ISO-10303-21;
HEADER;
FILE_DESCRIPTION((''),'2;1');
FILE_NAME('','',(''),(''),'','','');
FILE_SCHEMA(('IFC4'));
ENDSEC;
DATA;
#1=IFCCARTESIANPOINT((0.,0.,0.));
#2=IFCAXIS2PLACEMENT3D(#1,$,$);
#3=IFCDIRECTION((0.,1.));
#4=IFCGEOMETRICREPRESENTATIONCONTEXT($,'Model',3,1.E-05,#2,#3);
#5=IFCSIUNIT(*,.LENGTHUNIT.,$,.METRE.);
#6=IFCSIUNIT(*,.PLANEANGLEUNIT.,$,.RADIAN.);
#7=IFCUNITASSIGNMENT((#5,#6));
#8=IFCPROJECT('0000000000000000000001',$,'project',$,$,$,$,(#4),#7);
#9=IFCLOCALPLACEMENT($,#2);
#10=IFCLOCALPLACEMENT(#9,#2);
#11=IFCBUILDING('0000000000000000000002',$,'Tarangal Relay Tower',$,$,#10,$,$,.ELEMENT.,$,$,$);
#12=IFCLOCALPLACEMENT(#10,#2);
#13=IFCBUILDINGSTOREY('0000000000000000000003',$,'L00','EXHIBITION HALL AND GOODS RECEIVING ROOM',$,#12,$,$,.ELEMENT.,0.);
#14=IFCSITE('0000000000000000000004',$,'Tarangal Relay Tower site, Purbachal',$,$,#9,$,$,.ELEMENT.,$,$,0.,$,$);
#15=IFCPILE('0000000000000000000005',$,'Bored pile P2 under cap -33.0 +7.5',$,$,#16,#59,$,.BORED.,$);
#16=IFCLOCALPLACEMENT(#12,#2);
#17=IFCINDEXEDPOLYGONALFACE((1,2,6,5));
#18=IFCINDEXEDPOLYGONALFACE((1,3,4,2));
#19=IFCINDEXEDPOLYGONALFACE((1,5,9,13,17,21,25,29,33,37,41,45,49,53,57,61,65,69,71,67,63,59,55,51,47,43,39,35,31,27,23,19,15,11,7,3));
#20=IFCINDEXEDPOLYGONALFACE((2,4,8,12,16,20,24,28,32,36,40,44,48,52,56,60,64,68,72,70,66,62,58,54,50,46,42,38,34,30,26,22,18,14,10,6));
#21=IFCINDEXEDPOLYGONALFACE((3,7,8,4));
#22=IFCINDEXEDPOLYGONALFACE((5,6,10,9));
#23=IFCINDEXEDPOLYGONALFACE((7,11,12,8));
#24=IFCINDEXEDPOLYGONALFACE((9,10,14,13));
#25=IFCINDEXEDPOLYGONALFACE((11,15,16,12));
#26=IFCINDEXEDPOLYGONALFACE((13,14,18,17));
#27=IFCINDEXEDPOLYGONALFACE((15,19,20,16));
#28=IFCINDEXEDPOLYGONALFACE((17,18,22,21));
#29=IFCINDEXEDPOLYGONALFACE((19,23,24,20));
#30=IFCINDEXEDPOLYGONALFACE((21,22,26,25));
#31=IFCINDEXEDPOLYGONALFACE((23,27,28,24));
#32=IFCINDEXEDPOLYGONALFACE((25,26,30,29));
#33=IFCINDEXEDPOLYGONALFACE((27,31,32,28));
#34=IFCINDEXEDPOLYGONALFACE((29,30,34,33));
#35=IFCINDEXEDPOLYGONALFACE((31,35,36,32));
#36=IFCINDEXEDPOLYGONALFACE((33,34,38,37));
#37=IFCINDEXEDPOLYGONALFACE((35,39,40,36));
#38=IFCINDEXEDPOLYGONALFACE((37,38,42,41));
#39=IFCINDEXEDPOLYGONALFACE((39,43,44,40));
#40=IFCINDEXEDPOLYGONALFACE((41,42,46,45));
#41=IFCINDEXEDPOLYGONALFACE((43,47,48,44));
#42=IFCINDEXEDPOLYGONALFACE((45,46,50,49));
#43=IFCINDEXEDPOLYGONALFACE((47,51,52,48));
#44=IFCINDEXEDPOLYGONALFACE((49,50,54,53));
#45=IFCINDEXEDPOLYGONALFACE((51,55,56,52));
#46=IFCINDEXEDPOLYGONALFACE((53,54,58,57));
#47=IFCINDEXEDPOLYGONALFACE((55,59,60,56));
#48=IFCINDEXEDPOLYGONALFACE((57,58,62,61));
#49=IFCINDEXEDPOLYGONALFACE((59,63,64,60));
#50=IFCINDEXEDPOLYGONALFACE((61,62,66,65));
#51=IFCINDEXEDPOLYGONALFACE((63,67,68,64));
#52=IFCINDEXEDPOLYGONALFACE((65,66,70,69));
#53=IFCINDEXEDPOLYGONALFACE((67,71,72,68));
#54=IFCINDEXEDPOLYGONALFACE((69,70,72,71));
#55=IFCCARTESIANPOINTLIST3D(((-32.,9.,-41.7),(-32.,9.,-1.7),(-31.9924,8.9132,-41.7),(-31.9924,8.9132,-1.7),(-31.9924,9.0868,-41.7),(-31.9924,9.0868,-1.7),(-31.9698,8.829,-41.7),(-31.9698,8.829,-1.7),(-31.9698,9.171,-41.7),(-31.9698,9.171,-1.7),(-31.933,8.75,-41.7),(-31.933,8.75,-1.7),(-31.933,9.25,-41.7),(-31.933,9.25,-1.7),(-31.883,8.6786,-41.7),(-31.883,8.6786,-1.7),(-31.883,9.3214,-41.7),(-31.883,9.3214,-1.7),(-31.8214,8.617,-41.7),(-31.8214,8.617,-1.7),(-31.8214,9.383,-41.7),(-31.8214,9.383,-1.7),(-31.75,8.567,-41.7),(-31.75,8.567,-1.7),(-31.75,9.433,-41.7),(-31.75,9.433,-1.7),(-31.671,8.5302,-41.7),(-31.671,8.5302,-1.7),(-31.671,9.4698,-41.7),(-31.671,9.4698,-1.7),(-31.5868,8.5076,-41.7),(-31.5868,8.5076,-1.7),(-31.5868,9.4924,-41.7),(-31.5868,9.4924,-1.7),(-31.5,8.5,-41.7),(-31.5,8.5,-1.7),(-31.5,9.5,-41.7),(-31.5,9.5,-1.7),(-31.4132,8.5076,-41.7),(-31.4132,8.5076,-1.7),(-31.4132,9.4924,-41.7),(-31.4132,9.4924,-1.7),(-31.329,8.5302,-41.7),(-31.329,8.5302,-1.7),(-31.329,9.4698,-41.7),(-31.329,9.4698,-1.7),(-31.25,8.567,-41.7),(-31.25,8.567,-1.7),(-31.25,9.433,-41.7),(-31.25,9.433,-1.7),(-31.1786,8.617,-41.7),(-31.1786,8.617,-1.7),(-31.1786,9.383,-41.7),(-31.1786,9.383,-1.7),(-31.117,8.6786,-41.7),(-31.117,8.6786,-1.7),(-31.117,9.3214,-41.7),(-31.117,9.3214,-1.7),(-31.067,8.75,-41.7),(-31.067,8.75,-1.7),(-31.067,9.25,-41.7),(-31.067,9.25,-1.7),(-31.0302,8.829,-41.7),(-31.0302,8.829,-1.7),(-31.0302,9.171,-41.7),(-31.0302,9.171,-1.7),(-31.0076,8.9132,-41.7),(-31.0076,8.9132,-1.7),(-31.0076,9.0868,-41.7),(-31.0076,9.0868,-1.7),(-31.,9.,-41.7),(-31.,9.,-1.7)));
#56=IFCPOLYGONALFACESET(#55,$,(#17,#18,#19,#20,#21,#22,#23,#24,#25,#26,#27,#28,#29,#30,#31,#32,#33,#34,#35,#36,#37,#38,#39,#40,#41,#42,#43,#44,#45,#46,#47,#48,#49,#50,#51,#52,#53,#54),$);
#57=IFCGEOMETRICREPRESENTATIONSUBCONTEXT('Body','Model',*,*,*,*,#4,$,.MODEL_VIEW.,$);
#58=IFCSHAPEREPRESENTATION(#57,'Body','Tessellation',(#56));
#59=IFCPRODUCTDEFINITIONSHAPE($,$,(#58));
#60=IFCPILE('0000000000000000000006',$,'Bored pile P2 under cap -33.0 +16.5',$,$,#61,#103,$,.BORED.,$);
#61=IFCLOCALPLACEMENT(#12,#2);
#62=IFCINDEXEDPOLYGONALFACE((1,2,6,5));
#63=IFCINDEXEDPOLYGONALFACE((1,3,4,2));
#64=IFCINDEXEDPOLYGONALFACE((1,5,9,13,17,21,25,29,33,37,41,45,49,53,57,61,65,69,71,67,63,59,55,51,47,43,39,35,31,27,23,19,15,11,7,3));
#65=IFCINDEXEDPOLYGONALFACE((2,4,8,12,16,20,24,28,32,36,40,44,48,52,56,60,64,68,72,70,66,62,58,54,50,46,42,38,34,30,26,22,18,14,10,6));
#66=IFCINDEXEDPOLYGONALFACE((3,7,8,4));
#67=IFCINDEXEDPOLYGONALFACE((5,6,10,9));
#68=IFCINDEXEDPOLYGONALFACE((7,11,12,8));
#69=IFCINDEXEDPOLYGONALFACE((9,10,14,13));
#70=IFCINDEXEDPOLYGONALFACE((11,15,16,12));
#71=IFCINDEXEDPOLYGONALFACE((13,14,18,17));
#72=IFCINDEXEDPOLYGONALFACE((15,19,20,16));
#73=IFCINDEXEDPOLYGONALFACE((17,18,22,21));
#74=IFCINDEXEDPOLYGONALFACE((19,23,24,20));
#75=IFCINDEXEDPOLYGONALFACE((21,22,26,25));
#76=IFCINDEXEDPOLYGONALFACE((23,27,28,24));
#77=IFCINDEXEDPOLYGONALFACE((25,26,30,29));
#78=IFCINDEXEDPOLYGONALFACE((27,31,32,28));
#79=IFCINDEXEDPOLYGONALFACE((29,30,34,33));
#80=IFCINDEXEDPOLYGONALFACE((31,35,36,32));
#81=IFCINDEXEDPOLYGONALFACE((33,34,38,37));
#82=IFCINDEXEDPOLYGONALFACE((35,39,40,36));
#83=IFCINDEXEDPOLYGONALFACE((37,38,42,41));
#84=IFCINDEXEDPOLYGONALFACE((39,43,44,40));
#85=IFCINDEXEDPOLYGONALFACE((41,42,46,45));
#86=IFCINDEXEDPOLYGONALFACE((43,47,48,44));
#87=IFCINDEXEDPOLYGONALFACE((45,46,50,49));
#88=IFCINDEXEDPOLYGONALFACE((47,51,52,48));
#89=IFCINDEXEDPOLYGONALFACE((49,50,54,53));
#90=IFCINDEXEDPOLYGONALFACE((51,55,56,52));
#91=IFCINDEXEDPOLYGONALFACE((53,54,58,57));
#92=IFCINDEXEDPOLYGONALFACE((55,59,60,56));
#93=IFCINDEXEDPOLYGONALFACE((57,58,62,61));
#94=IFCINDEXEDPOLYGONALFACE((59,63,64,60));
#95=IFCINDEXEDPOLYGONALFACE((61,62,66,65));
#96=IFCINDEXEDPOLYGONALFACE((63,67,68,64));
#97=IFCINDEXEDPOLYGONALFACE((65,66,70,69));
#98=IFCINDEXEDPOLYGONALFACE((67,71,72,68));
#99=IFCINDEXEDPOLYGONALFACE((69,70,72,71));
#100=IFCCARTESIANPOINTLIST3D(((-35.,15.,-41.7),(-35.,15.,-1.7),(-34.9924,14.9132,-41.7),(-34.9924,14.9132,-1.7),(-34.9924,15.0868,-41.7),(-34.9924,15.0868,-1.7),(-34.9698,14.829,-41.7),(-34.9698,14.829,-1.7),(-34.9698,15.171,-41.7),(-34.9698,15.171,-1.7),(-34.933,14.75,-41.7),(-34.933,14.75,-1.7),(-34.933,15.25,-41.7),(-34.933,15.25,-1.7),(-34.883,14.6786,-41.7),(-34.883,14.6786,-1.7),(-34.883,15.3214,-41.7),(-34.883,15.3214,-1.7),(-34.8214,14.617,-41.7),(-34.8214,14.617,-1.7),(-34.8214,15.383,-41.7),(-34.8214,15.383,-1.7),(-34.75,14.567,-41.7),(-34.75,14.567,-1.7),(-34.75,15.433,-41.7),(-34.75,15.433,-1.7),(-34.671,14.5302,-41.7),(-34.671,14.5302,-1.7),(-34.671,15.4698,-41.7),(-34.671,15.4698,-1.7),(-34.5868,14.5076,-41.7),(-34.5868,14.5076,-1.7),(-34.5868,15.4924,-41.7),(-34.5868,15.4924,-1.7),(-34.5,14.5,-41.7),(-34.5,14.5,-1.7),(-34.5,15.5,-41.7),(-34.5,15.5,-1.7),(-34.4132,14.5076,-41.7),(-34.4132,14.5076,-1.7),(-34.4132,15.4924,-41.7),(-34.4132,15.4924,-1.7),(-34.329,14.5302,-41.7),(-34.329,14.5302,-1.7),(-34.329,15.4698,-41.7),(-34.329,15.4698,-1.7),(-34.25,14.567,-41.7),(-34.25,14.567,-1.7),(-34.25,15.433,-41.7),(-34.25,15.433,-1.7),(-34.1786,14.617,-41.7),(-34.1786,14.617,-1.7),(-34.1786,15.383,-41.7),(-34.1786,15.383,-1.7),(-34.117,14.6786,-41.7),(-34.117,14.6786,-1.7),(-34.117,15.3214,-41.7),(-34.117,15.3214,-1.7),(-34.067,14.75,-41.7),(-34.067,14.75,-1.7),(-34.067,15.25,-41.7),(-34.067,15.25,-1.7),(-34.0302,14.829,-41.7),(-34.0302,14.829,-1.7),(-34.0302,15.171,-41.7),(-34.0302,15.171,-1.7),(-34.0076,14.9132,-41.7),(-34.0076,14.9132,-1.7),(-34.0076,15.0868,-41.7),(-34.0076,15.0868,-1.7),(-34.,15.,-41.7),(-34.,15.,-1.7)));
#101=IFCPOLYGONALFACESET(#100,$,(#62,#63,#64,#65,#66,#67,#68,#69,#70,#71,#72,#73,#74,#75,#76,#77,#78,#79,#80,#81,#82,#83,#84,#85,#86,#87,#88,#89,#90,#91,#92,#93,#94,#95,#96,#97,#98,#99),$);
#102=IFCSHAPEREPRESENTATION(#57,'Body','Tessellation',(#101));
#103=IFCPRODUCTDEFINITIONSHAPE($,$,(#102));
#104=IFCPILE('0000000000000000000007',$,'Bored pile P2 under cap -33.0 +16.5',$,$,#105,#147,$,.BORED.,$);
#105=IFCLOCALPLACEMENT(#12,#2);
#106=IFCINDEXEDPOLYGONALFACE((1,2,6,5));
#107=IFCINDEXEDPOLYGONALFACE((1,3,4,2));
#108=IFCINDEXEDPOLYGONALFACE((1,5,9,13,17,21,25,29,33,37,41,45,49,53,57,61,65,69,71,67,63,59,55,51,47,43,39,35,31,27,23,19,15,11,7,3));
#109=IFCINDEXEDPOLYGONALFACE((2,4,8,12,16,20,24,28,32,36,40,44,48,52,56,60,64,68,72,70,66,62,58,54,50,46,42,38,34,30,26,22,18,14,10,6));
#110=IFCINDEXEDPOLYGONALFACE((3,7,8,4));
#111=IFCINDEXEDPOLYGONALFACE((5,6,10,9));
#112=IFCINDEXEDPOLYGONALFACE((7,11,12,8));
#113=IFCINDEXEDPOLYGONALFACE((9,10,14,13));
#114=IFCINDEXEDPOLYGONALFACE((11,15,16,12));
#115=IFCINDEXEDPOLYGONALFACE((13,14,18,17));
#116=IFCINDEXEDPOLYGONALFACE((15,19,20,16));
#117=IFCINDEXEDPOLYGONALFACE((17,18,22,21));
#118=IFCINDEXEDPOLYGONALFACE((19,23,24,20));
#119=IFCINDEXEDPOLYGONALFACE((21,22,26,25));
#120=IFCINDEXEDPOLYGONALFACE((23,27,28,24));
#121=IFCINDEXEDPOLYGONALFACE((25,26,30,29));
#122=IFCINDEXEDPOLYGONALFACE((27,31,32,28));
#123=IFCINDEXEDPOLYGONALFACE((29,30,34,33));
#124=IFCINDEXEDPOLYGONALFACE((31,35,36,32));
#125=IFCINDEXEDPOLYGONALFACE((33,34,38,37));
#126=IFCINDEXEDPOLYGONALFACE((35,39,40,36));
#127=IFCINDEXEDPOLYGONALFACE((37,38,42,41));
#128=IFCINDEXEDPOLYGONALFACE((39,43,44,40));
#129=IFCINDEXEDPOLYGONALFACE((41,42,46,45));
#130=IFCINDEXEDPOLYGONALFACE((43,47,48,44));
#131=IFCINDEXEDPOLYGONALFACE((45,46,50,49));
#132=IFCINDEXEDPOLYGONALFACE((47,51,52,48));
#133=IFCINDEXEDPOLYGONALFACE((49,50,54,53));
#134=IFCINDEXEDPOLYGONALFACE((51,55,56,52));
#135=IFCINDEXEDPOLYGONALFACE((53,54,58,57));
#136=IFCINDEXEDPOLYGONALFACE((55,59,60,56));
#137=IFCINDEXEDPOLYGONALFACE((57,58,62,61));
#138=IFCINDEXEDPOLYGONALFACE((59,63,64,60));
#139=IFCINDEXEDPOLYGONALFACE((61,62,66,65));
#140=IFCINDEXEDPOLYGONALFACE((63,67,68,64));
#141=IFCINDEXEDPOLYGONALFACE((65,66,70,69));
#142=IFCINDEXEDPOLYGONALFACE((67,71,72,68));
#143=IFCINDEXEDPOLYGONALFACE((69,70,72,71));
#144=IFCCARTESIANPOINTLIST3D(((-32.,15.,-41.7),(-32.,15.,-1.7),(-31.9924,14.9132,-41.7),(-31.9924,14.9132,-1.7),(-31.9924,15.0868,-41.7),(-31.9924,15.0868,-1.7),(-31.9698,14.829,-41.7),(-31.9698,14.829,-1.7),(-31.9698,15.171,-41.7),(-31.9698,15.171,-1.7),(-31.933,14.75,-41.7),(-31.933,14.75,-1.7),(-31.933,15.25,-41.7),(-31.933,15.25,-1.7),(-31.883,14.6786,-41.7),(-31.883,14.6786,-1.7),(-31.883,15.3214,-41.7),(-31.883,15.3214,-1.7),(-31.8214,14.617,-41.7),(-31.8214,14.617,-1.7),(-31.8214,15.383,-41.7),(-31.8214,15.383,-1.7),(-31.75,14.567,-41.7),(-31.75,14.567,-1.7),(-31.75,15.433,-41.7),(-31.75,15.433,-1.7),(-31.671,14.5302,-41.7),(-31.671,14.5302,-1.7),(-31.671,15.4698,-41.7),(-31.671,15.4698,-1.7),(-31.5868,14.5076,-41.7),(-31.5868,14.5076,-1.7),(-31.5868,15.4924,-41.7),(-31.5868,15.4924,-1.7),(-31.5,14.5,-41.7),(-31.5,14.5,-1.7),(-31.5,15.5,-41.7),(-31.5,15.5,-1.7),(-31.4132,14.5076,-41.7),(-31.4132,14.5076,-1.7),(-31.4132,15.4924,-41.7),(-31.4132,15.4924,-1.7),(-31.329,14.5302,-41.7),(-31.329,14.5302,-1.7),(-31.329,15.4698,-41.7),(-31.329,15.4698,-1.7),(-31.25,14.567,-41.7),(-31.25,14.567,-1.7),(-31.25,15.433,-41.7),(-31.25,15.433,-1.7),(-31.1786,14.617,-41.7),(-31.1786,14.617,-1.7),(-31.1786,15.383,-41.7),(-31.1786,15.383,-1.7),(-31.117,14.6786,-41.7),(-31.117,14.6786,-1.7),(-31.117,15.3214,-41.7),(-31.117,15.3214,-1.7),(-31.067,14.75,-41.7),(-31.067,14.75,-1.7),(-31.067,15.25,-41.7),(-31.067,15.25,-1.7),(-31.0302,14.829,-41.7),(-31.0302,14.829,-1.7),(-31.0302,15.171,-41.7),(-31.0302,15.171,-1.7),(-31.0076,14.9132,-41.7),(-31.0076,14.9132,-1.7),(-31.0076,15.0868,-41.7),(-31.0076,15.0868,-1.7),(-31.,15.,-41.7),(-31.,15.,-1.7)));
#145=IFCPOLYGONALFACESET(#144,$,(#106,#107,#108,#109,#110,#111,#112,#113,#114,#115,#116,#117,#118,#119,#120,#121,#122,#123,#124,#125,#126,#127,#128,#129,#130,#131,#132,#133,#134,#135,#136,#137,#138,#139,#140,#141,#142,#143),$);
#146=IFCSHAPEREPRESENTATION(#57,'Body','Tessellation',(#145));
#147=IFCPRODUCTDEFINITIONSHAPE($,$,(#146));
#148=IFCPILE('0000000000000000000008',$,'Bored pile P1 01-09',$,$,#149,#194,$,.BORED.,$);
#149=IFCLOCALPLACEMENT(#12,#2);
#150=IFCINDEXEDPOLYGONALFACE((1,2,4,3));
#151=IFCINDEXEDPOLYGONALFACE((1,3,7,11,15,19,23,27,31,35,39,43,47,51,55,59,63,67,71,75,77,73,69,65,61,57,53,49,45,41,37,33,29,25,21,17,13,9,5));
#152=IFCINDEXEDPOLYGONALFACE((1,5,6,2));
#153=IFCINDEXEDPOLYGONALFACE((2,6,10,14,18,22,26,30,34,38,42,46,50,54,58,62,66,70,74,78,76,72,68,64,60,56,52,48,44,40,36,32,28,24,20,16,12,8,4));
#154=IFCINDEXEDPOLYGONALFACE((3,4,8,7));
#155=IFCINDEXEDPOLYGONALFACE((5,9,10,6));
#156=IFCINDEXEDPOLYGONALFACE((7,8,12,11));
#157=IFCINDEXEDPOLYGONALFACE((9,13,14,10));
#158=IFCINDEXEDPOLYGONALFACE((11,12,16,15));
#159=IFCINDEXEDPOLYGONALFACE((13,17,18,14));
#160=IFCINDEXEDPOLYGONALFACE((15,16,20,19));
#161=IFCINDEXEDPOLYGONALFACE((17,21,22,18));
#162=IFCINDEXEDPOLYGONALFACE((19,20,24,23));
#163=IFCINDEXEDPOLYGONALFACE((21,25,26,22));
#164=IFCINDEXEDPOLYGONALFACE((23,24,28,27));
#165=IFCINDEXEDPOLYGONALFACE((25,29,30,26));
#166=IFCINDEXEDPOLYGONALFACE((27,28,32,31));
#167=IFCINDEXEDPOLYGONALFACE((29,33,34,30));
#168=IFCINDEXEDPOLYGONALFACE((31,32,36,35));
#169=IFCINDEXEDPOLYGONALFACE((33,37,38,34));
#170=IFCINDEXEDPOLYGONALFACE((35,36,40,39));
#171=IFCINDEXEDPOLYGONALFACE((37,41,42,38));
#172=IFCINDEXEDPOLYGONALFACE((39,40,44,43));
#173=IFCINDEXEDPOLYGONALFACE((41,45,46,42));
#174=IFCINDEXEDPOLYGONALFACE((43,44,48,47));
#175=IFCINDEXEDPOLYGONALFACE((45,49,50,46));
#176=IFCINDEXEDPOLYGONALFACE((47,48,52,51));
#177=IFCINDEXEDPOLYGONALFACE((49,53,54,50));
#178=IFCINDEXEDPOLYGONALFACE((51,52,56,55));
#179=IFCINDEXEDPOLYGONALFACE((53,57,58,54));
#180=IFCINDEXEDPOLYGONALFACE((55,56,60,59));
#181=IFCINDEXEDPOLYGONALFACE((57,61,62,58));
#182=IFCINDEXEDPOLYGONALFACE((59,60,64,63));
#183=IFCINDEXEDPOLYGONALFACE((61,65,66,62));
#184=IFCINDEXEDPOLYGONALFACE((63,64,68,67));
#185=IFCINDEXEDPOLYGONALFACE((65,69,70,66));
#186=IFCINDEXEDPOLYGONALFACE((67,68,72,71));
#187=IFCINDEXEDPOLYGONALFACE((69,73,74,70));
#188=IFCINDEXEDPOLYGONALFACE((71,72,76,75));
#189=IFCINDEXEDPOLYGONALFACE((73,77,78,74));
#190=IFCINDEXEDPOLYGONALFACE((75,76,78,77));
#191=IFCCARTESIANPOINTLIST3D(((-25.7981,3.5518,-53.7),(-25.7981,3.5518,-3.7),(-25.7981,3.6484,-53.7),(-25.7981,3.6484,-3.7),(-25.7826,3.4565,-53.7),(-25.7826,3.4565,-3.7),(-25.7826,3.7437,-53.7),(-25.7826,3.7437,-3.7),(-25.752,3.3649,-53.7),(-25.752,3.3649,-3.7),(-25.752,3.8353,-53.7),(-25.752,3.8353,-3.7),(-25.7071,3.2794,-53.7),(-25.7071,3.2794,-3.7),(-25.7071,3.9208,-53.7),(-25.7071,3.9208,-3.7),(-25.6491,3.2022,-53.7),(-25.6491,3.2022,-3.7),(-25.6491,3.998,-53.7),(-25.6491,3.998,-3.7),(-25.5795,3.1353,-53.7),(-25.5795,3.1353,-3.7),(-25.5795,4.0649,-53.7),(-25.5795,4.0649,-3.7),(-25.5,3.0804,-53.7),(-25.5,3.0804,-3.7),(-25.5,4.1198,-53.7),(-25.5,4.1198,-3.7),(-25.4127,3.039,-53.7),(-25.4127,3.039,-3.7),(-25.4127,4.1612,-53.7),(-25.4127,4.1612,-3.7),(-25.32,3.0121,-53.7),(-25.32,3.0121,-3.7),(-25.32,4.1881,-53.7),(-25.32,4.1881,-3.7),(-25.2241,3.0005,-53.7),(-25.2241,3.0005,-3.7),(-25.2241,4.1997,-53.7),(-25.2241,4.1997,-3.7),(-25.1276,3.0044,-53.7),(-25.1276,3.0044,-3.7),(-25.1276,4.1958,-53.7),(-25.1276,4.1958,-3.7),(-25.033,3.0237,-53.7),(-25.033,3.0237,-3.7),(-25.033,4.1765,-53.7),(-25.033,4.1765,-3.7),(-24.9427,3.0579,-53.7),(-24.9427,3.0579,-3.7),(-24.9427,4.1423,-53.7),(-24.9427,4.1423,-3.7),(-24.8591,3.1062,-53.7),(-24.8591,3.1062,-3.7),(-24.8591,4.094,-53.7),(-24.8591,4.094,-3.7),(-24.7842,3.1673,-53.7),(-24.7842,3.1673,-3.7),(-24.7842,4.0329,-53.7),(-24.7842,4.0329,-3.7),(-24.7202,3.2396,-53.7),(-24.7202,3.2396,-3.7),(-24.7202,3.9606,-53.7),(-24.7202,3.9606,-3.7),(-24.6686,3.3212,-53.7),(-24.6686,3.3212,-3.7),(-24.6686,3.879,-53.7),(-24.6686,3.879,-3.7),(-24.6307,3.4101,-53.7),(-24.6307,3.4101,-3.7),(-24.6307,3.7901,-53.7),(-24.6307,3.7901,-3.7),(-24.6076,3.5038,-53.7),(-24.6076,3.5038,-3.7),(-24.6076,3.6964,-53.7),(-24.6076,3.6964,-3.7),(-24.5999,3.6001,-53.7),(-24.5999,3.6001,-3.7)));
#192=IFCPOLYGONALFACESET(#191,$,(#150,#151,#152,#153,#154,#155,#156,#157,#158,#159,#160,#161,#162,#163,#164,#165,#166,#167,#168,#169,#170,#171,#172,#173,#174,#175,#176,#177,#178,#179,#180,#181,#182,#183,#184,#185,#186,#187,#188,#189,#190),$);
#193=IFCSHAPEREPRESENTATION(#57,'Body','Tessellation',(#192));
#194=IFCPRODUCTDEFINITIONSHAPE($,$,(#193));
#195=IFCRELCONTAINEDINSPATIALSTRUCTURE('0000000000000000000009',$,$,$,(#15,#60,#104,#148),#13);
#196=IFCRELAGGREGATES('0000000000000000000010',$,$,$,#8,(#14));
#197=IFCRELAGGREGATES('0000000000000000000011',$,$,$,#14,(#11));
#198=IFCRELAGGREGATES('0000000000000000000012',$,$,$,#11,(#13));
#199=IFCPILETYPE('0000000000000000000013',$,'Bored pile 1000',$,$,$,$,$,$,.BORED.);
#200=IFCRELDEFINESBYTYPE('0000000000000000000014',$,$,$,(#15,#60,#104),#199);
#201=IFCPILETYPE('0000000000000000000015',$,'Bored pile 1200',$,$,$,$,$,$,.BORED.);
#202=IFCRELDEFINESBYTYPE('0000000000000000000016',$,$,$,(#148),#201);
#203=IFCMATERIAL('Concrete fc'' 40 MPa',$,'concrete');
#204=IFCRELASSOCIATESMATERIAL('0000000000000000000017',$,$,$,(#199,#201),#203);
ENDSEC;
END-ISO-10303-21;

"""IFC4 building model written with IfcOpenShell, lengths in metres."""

from ifc_helpers import new_model, si_unit, direction, frame, origin, origin_2d, place, context, subcontext, project, spatial, circle, extrude, material, material_profile, profile_set, type_object, element, save


model = new_model("IFC4")

# Units and contexts
model_context = context("Model", 3, precision=1e-05, world=origin(), true_north=direction((0.0, 1.0)))
body_context = subcontext(model_context, "Body", "Model", "MODEL_VIEW")
ifc_project = project(units=[si_unit("LENGTHUNIT", "METRE"), si_unit("PLANEANGLEUNIT", "RADIAN")], contexts=[model_context])

# Site, building, storey
site_placement = place(None, origin())
site = spatial("IfcSite", under=ifc_project, at=site_placement, Name="Tarangal Relay Tower site, Purbachal", CompositionType="ELEMENT", RefElevation=0.0)
building_placement = place(site_placement, origin())
building = spatial("IfcBuilding", under=site, at=building_placement, Name="Tarangal Relay Tower", CompositionType="ELEMENT")
storey_placement = place(building_placement, origin())
storey = spatial("IfcBuildingStorey", under=building, at=storey_placement, Name="L00", Description="EXHIBITION HALL AND GOODS RECEIVING ROOM", CompositionType="ELEMENT", Elevation=0.0)

# Piles
ifc_material_1 = material(Name="Concrete fc' 40 MPa", Category="concrete")
ifc_material_profile_1 = material_profile(ifc_material_1, circle(Radius=0.5, at=origin_2d()), Name="D1000")
ifc_profile_set_1 = profile_set([ifc_material_profile_1], Name="Concrete fc' 40 MPa")
pile_type_1 = type_object("IfcPileType", Name="Bored pile 1000", PredefinedType="BORED", material=ifc_profile_set_1)
for number, where, z_axis, x_axis, name in (
    (1, (-31.5, 9.0, -1.7), (0.0, 0.0, -1.0), (1.0, 0.0, 0.0), "Bored pile P2 under cap -33.0 +7.5"),
    (2, (-34.5, 15.0, -1.7), (0.0, 0.0, -1.0), (1.0, 0.0, 0.0), "Bored pile P2 under cap -33.0 +16.5"),
    (3, (-31.5, 15.0, -1.7), (0.0, 0.0, -1.0), (1.0, 0.0, 0.0), "Bored pile P2 under cap -33.0 +16.5"),
):
    element("IfcPile", number, at=place(storey_placement, frame(where, z_axis=z_axis, x_axis=x_axis)), inside=storey, type_object=pile_type_1, Name=name, PredefinedType="BORED", context=body_context, shape_type="SweptSolid", body=[
        extrude(circle(Radius=0.5, at=origin_2d()), origin(), (0.0, 0.0, 1.0), 40.0),
    ])
ifc_material_profile_2 = material_profile(ifc_material_1, circle(Radius=0.6001, at=origin_2d()), Name="D1200")
ifc_profile_set_2 = profile_set([ifc_material_profile_2], Name="Concrete fc' 40 MPa")
pile_type_2 = type_object("IfcPileType", Name="Bored pile 1200", PredefinedType="BORED", material=ifc_profile_set_2)
for number, where, z_axis, x_axis, name in (
    (4, (-25.2, 3.6001, -3.7), (0.0, 0.0, -1.0), (1.0, 0.0, 0.0), "Bored pile P1 01-09"),
):
    element("IfcPile", number, at=place(storey_placement, frame(where, z_axis=z_axis, x_axis=x_axis)), inside=storey, type_object=pile_type_2, Name=name, PredefinedType="BORED", context=body_context, shape_type="SweptSolid", body=[
        extrude(circle(Radius=0.6001, at=origin_2d()), origin(), (0.0, 0.0, 1.0), 50.0),
    ])

save(model, "model.ifc")
